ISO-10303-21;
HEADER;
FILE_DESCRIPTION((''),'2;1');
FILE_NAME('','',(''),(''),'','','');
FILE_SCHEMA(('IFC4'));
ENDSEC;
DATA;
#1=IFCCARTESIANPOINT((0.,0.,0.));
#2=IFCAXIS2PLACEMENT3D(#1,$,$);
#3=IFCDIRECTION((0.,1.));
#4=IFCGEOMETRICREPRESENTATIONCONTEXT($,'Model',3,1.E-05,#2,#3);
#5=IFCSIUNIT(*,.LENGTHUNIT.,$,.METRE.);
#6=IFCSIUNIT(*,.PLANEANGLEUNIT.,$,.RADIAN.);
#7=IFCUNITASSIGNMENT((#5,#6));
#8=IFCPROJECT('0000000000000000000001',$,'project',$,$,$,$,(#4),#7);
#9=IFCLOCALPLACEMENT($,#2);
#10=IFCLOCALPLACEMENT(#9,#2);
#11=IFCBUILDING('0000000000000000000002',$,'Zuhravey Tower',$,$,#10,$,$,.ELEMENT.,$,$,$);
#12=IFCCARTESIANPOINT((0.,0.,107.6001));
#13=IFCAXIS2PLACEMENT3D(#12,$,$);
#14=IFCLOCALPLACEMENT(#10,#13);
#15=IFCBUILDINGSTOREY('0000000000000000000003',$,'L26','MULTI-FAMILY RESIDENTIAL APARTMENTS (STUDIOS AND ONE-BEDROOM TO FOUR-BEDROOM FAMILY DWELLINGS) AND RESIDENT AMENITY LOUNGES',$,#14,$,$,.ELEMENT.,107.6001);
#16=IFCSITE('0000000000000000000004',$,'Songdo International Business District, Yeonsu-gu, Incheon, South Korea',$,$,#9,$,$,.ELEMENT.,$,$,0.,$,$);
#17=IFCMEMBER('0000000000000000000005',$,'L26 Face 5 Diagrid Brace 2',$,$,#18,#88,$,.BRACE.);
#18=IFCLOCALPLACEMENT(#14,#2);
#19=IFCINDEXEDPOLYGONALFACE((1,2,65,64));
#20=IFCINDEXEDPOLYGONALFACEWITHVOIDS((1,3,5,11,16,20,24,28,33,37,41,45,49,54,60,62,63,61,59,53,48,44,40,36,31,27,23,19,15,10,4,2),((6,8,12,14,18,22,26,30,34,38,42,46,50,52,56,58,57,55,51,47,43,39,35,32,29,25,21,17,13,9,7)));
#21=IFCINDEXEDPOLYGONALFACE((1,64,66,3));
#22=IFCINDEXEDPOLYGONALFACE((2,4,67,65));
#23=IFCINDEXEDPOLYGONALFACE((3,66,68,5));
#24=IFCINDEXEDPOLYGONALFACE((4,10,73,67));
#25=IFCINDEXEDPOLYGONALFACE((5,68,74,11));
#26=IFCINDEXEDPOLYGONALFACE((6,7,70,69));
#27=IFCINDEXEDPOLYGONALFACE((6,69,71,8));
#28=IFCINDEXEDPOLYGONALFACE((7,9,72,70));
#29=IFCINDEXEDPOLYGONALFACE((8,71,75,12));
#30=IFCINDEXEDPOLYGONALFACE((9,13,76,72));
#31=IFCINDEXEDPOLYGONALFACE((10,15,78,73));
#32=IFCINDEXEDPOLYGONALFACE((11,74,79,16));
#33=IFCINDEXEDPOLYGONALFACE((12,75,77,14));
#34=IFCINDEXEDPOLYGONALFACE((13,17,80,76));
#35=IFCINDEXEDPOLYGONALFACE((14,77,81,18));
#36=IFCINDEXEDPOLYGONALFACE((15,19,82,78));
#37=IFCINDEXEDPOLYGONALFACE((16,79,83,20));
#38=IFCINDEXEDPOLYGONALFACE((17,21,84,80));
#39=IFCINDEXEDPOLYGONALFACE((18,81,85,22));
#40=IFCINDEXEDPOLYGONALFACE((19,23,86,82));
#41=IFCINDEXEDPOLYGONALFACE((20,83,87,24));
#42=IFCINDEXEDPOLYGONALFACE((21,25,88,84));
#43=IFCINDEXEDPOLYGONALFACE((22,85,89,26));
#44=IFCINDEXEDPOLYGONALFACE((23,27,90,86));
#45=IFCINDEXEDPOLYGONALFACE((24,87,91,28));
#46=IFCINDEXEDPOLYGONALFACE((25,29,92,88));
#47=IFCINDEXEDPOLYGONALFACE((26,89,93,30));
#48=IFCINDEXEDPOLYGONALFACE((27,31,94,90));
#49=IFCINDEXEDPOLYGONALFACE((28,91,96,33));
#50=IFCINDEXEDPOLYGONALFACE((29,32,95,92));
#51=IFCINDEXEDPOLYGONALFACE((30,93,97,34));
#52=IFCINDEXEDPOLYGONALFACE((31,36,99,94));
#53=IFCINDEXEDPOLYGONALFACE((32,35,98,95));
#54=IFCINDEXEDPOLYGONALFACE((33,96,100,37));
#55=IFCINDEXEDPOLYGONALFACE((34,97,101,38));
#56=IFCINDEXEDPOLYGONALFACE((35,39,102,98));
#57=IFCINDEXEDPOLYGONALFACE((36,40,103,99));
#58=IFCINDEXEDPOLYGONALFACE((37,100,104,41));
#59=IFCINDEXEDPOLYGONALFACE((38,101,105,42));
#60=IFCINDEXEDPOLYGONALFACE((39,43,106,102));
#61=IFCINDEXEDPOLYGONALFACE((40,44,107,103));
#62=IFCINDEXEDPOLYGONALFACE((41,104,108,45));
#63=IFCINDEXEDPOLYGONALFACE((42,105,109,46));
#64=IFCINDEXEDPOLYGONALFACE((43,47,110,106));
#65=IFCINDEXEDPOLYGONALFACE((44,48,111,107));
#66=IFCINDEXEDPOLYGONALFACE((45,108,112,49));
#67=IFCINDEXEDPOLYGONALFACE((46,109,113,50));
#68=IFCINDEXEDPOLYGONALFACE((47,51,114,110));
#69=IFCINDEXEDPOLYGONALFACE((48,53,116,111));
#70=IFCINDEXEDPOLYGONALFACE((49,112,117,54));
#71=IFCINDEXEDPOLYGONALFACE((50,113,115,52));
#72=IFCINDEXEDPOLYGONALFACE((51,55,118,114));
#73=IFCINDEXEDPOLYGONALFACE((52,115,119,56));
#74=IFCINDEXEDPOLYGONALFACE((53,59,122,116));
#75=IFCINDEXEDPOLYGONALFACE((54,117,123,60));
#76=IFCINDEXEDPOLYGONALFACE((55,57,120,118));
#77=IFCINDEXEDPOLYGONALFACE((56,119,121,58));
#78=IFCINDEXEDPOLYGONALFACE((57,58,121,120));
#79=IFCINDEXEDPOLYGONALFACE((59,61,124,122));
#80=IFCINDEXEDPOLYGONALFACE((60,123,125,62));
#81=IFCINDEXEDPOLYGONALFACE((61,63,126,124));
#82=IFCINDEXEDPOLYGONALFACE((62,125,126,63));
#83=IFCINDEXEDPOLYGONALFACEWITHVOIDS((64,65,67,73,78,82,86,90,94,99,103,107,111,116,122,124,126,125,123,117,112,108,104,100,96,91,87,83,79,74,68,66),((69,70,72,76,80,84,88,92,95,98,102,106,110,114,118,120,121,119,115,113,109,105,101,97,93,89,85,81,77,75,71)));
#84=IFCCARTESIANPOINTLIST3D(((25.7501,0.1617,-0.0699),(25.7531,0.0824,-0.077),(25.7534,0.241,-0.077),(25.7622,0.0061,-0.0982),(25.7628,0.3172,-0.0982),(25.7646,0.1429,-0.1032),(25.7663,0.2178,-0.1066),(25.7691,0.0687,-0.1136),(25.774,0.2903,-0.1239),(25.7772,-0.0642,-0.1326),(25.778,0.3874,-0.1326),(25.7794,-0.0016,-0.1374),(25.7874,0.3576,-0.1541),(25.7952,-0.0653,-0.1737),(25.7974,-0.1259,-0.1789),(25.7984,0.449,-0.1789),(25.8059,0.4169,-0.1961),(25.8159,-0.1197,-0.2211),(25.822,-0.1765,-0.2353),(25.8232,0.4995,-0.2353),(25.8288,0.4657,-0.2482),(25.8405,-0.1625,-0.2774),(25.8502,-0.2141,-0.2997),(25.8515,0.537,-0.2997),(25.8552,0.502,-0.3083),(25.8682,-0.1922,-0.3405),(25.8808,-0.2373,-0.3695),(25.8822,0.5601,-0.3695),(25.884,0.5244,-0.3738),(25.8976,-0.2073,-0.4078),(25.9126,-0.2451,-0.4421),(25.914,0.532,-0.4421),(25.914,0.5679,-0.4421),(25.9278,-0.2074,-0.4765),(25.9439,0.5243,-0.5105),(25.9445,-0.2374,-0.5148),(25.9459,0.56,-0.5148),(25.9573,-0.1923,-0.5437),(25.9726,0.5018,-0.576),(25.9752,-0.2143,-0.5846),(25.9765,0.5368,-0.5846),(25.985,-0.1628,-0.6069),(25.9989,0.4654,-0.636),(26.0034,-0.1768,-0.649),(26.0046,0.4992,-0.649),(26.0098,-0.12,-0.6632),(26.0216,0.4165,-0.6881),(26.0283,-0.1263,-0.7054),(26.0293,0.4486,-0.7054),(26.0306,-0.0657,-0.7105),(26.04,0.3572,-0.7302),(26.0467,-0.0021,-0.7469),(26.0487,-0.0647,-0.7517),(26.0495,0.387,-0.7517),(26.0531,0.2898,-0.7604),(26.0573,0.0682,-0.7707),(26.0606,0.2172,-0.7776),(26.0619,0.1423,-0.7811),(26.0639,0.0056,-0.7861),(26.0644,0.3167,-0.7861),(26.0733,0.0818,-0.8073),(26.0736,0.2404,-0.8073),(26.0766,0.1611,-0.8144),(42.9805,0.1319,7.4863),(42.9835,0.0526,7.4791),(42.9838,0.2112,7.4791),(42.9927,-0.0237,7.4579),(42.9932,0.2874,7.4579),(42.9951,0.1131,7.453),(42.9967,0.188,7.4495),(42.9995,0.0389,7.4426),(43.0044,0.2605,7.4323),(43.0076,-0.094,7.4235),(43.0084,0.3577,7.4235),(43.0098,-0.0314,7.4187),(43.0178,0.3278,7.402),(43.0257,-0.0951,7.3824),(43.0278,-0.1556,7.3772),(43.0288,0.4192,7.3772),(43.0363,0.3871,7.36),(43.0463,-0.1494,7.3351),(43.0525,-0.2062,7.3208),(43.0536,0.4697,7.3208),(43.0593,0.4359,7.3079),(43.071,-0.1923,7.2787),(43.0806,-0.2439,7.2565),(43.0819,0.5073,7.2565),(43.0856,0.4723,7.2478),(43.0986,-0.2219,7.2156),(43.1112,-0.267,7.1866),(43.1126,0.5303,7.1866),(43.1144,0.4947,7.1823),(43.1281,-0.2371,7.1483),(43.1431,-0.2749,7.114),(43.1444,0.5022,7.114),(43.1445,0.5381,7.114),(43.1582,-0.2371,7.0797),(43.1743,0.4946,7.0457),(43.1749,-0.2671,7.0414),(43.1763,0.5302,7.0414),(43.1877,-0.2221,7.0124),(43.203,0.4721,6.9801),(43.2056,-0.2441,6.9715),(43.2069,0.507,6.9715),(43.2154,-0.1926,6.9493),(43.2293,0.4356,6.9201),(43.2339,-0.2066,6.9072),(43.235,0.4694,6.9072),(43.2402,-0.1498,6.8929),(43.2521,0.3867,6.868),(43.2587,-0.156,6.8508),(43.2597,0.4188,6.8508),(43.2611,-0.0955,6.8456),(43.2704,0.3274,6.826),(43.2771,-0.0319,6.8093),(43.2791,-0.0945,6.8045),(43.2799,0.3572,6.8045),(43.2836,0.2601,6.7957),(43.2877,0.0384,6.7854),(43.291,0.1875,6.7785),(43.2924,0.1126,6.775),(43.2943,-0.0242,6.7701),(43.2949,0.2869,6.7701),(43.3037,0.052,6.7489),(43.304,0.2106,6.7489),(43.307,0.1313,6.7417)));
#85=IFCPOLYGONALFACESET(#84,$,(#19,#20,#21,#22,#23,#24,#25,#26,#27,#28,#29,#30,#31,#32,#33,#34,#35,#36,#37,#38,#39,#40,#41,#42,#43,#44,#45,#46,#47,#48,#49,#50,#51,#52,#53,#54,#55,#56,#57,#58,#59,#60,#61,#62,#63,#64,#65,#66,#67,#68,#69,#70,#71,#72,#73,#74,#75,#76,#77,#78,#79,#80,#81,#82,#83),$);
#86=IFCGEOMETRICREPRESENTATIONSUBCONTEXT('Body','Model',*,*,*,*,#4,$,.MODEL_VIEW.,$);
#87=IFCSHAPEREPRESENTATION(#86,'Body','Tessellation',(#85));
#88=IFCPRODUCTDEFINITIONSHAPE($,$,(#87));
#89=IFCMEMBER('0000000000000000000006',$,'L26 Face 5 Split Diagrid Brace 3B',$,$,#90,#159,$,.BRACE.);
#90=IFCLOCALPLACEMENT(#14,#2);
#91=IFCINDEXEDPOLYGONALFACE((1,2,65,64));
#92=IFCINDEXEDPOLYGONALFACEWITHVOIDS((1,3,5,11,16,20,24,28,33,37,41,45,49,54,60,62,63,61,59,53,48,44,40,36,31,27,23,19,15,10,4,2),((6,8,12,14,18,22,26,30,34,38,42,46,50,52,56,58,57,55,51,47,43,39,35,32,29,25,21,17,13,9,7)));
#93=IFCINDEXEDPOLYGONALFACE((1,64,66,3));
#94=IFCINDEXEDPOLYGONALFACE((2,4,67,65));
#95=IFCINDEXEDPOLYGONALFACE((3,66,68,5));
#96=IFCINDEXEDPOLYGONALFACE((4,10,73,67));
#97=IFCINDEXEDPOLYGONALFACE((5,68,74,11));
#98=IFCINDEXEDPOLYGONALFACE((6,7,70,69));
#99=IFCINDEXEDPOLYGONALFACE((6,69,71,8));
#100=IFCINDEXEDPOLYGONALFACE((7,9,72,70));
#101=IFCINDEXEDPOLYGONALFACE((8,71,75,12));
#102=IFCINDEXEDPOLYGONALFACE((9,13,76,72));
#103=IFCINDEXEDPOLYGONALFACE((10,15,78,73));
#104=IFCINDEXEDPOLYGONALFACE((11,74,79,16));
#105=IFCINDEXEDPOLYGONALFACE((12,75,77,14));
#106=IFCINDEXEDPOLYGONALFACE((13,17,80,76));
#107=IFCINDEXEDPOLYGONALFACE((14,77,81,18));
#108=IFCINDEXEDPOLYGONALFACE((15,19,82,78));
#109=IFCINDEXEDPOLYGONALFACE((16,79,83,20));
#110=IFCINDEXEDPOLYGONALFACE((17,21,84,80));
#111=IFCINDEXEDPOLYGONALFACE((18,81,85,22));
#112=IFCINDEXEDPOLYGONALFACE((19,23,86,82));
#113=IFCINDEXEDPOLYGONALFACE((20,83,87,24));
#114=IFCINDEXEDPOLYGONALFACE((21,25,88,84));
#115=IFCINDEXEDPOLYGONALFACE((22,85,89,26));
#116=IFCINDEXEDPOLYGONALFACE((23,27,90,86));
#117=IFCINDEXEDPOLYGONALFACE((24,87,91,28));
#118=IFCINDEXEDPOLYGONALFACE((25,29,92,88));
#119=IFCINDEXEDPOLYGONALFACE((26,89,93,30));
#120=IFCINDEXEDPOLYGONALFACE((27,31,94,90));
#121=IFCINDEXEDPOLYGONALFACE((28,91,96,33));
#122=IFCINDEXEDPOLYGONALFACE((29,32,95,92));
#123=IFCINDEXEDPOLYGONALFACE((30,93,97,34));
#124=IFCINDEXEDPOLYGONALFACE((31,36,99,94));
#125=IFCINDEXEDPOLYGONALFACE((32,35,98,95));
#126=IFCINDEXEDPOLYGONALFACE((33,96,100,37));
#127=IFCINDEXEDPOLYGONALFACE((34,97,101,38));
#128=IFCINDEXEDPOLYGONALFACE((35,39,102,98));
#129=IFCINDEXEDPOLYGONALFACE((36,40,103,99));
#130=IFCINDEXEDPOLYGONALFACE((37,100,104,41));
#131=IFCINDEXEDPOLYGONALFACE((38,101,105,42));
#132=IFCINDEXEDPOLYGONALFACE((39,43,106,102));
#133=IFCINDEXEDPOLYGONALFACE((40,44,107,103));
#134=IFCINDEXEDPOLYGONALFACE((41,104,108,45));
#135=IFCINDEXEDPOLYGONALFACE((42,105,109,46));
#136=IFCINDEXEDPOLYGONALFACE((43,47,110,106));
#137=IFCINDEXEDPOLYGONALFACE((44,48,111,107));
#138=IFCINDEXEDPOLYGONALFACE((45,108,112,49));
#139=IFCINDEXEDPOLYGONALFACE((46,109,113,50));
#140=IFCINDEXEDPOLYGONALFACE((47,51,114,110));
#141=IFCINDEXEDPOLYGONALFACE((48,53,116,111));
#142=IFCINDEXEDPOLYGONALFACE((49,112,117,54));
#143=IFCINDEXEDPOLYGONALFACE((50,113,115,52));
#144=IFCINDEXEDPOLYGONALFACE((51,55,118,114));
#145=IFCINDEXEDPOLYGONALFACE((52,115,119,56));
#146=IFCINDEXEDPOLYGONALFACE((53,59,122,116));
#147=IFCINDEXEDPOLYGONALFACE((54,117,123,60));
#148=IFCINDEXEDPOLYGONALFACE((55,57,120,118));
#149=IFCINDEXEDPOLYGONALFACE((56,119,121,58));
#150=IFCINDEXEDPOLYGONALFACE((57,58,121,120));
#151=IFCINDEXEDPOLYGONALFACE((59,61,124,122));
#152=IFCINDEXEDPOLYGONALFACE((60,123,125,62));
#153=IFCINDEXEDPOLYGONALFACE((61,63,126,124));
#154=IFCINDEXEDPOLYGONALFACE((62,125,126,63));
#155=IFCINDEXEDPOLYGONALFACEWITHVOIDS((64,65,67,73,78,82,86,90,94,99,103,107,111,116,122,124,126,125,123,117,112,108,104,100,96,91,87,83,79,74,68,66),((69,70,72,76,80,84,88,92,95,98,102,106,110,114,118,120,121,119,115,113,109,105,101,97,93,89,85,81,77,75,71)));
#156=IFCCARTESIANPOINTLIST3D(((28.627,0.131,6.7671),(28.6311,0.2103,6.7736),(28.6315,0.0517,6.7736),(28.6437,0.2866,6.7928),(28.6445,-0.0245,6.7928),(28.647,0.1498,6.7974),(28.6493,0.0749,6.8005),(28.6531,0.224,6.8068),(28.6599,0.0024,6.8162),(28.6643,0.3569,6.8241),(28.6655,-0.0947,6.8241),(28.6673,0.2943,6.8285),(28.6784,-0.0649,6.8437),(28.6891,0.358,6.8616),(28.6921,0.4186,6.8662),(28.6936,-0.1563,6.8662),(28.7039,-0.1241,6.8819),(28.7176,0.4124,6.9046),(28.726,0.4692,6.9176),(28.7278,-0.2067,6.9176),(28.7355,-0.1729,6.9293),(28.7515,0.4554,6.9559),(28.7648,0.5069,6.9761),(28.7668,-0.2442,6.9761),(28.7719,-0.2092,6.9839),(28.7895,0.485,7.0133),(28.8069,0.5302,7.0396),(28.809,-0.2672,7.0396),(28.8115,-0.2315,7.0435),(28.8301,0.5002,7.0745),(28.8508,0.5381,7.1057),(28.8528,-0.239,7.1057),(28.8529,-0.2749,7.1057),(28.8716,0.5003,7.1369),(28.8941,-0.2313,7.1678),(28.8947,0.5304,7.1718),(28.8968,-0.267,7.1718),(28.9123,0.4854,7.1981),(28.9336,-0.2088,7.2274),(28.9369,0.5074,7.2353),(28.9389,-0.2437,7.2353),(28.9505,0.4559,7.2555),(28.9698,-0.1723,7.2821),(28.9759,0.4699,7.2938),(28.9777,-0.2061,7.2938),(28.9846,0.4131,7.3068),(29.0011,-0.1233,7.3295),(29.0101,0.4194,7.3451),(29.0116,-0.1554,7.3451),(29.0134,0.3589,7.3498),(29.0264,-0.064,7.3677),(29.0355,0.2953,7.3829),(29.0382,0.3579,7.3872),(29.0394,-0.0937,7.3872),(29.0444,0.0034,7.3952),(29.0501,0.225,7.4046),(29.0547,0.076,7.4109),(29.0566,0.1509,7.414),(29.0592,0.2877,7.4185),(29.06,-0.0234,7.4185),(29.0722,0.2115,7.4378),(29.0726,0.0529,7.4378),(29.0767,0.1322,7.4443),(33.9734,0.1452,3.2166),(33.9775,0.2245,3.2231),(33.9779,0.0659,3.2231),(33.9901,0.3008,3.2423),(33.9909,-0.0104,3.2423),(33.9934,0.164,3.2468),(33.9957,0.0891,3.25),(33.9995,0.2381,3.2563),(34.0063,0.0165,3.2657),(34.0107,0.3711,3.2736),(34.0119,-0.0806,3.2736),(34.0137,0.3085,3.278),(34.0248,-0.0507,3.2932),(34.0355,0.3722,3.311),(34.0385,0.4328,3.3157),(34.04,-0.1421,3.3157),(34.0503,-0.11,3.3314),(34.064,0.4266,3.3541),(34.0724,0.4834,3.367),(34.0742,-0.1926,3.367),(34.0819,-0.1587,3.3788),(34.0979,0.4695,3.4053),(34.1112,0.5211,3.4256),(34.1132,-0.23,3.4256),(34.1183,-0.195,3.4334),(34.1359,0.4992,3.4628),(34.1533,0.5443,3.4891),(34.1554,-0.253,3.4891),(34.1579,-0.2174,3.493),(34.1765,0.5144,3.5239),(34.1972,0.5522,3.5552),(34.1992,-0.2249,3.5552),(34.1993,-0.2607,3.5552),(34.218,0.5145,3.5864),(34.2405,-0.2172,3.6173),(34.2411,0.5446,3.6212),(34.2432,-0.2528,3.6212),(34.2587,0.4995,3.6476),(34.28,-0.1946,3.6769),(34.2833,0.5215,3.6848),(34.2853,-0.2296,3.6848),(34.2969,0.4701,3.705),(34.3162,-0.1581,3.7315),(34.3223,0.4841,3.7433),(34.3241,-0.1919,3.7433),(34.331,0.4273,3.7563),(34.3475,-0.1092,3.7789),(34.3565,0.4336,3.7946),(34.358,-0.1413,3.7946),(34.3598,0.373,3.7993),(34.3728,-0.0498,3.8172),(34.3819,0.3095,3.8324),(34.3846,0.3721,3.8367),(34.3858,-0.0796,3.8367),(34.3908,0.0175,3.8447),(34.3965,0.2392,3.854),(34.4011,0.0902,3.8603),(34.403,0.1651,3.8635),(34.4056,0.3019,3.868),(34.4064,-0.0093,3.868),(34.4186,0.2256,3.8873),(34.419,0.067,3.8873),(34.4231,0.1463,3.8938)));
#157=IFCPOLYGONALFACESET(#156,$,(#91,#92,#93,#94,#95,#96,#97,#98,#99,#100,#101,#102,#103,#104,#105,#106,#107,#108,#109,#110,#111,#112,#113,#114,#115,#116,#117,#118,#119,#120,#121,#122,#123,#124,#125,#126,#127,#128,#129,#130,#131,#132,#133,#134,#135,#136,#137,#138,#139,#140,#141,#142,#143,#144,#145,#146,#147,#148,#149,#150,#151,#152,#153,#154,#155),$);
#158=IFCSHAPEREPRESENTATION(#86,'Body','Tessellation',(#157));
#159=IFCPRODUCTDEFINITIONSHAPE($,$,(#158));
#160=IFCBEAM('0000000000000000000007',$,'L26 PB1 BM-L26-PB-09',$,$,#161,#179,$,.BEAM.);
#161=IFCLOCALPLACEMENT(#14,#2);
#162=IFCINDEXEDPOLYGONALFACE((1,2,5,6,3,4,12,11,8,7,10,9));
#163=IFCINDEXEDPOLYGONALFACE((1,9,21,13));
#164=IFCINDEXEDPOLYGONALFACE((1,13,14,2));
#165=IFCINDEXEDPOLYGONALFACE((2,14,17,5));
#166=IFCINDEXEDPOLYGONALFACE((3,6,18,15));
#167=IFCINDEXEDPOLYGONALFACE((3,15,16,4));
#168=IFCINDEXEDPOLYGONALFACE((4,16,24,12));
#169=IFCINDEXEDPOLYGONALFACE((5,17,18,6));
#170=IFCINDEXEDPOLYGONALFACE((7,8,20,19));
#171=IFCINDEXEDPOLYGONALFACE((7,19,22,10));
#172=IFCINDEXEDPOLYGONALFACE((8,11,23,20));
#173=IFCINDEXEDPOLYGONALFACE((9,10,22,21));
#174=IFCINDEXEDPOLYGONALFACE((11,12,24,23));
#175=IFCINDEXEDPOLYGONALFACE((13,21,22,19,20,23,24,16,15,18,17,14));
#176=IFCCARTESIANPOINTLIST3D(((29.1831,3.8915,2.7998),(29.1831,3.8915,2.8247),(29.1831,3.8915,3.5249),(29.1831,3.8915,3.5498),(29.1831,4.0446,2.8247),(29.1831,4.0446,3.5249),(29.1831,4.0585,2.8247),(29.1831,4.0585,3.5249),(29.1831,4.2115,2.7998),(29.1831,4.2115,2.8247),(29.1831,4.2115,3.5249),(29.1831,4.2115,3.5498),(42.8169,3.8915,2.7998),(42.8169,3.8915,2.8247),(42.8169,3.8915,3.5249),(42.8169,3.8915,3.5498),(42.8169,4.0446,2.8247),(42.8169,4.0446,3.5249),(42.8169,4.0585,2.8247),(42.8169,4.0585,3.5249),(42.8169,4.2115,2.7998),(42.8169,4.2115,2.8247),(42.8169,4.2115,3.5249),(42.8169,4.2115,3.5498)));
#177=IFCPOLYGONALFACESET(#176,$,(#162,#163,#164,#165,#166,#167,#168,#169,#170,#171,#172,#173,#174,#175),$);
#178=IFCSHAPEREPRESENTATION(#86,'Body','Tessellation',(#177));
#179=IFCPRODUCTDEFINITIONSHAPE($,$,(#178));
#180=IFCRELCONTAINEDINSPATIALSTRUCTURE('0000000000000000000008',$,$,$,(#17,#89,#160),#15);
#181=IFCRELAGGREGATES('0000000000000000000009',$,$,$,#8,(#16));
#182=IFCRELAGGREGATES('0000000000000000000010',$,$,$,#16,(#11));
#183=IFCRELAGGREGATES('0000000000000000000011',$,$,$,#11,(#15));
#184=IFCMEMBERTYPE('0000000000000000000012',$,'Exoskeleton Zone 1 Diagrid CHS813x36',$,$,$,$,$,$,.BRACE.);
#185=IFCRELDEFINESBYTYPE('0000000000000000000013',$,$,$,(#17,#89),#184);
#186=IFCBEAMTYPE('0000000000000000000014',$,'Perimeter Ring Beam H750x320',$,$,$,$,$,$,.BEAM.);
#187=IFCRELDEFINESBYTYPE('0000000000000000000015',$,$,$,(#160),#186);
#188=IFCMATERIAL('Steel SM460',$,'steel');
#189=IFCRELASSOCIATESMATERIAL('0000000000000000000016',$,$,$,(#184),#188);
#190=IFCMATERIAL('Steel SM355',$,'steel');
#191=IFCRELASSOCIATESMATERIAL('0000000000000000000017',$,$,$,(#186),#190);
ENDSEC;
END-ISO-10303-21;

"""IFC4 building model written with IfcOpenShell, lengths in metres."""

from ifc_helpers import new_model, si_unit, direction, frame, origin, origin_2d, place, context, subcontext, project, spatial, hollow_circle, i_section, extrude, material, material_profile, profile_set, type_object, element, save


model = new_model("IFC4")

# Units and contexts
model_context = context("Model", 3, precision=1e-05, world=origin(), true_north=direction((0.0, 1.0)))
body_context = subcontext(model_context, "Body", "Model", "MODEL_VIEW")
ifc_project = project(units=[si_unit("LENGTHUNIT", "METRE"), si_unit("PLANEANGLEUNIT", "RADIAN")], contexts=[model_context])

# Site, building, storey
site_placement = place(None, origin())
site = spatial("IfcSite", under=ifc_project, at=site_placement, Name="Songdo International Business District, Yeonsu-gu, Incheon, South Korea", CompositionType="ELEMENT", RefElevation=0.0)
building_placement = place(site_placement, origin())
building = spatial("IfcBuilding", under=site, at=building_placement, Name="Zuhravey Tower", CompositionType="ELEMENT")
storey_placement = place(building_placement, frame((0.0, 0.0, 107.6001)))
storey = spatial("IfcBuildingStorey", under=building, at=storey_placement, Name="L26", Description="MULTI-FAMILY RESIDENTIAL APARTMENTS (STUDIOS AND ONE-BEDROOM TO FOUR-BEDROOM FAMILY DWELLINGS) AND RESIDENT AMENITY LOUNGES", CompositionType="ELEMENT", Elevation=107.6001)

# Members
ifc_material_1 = material(Name="Steel SM355", Category="steel")
ifc_material_2 = material(Name="Steel SM460", Category="steel")
ifc_material_profile_1 = material_profile(ifc_material_2, hollow_circle(Radius=0.4065, WallThickness=0.0359, at=origin_2d()), Name="CHS-812.8x36")
ifc_profile_set_1 = profile_set([ifc_material_profile_1], Name="Steel SM460")
member_type_1 = type_object("IfcMemberType", Name="Exoskeleton Zone 1 Diagrid CHS813x36", PredefinedType="BRACE", material=ifc_profile_set_1)
member_1_placement = place(storey_placement, frame((25.9133, 0.1614, -0.4421), z_axis=(0.915808, -0.001583, 0.401613), x_axis=(0.001729, 0.999999, 0.0)))
element("IfcMember", 1, at=member_1_placement, inside=storey, type_object=member_type_1, Name="L26 Face 5 Diagrid Brace 2", PredefinedType="BRACE", context=body_context, shape_type="SweptSolid", body=[
    extrude(hollow_circle(Radius=0.4065, WallThickness=0.0359, at=origin_2d()), origin(), (0.0, 0.0, 1.0), 18.8145),
])
member_2_placement = place(storey_placement, frame((34.1982, 0.1458, 3.5552), z_axis=(-0.833036, -0.002206, 0.553214), x_axis=(0.002649, -0.999996, 0.0)))
element("IfcMember", 2, at=member_2_placement, inside=storey, type_object=member_type_1, Name="L26 Face 5 Split Diagrid Brace 3B", PredefinedType="BRACE", context=body_context, shape_type="SweptSolid", body=[
    extrude(hollow_circle(Radius=0.4065, WallThickness=0.0359, at=origin_2d()), origin(), (0.0, 0.0, 1.0), 6.418),
])

# Beam
ifc_material_profile_2 = material_profile(ifc_material_1, i_section(OverallWidth=0.3201, OverallDepth=0.75, WebThickness=0.0139, FlangeThickness=0.0249, at=origin_2d()), Name="H-750x320x14x25")
ifc_profile_set_2 = profile_set([ifc_material_profile_2], Name="Steel SM355")
beam_type_1 = type_object("IfcBeamType", Name="Perimeter Ring Beam H750x320", PredefinedType="BEAM", material=ifc_profile_set_2)
beam_1_placement = place(storey_placement, frame((29.1831, 4.0515, 3.1748), z_axis=(1.0, 0.0, 0.0), x_axis=(0.0, 1.0, 0.0)))
element("IfcBeam", 3, at=beam_1_placement, inside=storey, type_object=beam_type_1, Name="L26 PB1 BM-L26-PB-09", PredefinedType="BEAM", context=body_context, shape_type="SweptSolid", body=[
    extrude(i_section(OverallWidth=0.3201, OverallDepth=0.75, WebThickness=0.0139, FlangeThickness=0.0249, at=origin_2d()), origin(), (0.0, 0.0, 1.0), 13.6338),
])

save(model, "model.ifc")
